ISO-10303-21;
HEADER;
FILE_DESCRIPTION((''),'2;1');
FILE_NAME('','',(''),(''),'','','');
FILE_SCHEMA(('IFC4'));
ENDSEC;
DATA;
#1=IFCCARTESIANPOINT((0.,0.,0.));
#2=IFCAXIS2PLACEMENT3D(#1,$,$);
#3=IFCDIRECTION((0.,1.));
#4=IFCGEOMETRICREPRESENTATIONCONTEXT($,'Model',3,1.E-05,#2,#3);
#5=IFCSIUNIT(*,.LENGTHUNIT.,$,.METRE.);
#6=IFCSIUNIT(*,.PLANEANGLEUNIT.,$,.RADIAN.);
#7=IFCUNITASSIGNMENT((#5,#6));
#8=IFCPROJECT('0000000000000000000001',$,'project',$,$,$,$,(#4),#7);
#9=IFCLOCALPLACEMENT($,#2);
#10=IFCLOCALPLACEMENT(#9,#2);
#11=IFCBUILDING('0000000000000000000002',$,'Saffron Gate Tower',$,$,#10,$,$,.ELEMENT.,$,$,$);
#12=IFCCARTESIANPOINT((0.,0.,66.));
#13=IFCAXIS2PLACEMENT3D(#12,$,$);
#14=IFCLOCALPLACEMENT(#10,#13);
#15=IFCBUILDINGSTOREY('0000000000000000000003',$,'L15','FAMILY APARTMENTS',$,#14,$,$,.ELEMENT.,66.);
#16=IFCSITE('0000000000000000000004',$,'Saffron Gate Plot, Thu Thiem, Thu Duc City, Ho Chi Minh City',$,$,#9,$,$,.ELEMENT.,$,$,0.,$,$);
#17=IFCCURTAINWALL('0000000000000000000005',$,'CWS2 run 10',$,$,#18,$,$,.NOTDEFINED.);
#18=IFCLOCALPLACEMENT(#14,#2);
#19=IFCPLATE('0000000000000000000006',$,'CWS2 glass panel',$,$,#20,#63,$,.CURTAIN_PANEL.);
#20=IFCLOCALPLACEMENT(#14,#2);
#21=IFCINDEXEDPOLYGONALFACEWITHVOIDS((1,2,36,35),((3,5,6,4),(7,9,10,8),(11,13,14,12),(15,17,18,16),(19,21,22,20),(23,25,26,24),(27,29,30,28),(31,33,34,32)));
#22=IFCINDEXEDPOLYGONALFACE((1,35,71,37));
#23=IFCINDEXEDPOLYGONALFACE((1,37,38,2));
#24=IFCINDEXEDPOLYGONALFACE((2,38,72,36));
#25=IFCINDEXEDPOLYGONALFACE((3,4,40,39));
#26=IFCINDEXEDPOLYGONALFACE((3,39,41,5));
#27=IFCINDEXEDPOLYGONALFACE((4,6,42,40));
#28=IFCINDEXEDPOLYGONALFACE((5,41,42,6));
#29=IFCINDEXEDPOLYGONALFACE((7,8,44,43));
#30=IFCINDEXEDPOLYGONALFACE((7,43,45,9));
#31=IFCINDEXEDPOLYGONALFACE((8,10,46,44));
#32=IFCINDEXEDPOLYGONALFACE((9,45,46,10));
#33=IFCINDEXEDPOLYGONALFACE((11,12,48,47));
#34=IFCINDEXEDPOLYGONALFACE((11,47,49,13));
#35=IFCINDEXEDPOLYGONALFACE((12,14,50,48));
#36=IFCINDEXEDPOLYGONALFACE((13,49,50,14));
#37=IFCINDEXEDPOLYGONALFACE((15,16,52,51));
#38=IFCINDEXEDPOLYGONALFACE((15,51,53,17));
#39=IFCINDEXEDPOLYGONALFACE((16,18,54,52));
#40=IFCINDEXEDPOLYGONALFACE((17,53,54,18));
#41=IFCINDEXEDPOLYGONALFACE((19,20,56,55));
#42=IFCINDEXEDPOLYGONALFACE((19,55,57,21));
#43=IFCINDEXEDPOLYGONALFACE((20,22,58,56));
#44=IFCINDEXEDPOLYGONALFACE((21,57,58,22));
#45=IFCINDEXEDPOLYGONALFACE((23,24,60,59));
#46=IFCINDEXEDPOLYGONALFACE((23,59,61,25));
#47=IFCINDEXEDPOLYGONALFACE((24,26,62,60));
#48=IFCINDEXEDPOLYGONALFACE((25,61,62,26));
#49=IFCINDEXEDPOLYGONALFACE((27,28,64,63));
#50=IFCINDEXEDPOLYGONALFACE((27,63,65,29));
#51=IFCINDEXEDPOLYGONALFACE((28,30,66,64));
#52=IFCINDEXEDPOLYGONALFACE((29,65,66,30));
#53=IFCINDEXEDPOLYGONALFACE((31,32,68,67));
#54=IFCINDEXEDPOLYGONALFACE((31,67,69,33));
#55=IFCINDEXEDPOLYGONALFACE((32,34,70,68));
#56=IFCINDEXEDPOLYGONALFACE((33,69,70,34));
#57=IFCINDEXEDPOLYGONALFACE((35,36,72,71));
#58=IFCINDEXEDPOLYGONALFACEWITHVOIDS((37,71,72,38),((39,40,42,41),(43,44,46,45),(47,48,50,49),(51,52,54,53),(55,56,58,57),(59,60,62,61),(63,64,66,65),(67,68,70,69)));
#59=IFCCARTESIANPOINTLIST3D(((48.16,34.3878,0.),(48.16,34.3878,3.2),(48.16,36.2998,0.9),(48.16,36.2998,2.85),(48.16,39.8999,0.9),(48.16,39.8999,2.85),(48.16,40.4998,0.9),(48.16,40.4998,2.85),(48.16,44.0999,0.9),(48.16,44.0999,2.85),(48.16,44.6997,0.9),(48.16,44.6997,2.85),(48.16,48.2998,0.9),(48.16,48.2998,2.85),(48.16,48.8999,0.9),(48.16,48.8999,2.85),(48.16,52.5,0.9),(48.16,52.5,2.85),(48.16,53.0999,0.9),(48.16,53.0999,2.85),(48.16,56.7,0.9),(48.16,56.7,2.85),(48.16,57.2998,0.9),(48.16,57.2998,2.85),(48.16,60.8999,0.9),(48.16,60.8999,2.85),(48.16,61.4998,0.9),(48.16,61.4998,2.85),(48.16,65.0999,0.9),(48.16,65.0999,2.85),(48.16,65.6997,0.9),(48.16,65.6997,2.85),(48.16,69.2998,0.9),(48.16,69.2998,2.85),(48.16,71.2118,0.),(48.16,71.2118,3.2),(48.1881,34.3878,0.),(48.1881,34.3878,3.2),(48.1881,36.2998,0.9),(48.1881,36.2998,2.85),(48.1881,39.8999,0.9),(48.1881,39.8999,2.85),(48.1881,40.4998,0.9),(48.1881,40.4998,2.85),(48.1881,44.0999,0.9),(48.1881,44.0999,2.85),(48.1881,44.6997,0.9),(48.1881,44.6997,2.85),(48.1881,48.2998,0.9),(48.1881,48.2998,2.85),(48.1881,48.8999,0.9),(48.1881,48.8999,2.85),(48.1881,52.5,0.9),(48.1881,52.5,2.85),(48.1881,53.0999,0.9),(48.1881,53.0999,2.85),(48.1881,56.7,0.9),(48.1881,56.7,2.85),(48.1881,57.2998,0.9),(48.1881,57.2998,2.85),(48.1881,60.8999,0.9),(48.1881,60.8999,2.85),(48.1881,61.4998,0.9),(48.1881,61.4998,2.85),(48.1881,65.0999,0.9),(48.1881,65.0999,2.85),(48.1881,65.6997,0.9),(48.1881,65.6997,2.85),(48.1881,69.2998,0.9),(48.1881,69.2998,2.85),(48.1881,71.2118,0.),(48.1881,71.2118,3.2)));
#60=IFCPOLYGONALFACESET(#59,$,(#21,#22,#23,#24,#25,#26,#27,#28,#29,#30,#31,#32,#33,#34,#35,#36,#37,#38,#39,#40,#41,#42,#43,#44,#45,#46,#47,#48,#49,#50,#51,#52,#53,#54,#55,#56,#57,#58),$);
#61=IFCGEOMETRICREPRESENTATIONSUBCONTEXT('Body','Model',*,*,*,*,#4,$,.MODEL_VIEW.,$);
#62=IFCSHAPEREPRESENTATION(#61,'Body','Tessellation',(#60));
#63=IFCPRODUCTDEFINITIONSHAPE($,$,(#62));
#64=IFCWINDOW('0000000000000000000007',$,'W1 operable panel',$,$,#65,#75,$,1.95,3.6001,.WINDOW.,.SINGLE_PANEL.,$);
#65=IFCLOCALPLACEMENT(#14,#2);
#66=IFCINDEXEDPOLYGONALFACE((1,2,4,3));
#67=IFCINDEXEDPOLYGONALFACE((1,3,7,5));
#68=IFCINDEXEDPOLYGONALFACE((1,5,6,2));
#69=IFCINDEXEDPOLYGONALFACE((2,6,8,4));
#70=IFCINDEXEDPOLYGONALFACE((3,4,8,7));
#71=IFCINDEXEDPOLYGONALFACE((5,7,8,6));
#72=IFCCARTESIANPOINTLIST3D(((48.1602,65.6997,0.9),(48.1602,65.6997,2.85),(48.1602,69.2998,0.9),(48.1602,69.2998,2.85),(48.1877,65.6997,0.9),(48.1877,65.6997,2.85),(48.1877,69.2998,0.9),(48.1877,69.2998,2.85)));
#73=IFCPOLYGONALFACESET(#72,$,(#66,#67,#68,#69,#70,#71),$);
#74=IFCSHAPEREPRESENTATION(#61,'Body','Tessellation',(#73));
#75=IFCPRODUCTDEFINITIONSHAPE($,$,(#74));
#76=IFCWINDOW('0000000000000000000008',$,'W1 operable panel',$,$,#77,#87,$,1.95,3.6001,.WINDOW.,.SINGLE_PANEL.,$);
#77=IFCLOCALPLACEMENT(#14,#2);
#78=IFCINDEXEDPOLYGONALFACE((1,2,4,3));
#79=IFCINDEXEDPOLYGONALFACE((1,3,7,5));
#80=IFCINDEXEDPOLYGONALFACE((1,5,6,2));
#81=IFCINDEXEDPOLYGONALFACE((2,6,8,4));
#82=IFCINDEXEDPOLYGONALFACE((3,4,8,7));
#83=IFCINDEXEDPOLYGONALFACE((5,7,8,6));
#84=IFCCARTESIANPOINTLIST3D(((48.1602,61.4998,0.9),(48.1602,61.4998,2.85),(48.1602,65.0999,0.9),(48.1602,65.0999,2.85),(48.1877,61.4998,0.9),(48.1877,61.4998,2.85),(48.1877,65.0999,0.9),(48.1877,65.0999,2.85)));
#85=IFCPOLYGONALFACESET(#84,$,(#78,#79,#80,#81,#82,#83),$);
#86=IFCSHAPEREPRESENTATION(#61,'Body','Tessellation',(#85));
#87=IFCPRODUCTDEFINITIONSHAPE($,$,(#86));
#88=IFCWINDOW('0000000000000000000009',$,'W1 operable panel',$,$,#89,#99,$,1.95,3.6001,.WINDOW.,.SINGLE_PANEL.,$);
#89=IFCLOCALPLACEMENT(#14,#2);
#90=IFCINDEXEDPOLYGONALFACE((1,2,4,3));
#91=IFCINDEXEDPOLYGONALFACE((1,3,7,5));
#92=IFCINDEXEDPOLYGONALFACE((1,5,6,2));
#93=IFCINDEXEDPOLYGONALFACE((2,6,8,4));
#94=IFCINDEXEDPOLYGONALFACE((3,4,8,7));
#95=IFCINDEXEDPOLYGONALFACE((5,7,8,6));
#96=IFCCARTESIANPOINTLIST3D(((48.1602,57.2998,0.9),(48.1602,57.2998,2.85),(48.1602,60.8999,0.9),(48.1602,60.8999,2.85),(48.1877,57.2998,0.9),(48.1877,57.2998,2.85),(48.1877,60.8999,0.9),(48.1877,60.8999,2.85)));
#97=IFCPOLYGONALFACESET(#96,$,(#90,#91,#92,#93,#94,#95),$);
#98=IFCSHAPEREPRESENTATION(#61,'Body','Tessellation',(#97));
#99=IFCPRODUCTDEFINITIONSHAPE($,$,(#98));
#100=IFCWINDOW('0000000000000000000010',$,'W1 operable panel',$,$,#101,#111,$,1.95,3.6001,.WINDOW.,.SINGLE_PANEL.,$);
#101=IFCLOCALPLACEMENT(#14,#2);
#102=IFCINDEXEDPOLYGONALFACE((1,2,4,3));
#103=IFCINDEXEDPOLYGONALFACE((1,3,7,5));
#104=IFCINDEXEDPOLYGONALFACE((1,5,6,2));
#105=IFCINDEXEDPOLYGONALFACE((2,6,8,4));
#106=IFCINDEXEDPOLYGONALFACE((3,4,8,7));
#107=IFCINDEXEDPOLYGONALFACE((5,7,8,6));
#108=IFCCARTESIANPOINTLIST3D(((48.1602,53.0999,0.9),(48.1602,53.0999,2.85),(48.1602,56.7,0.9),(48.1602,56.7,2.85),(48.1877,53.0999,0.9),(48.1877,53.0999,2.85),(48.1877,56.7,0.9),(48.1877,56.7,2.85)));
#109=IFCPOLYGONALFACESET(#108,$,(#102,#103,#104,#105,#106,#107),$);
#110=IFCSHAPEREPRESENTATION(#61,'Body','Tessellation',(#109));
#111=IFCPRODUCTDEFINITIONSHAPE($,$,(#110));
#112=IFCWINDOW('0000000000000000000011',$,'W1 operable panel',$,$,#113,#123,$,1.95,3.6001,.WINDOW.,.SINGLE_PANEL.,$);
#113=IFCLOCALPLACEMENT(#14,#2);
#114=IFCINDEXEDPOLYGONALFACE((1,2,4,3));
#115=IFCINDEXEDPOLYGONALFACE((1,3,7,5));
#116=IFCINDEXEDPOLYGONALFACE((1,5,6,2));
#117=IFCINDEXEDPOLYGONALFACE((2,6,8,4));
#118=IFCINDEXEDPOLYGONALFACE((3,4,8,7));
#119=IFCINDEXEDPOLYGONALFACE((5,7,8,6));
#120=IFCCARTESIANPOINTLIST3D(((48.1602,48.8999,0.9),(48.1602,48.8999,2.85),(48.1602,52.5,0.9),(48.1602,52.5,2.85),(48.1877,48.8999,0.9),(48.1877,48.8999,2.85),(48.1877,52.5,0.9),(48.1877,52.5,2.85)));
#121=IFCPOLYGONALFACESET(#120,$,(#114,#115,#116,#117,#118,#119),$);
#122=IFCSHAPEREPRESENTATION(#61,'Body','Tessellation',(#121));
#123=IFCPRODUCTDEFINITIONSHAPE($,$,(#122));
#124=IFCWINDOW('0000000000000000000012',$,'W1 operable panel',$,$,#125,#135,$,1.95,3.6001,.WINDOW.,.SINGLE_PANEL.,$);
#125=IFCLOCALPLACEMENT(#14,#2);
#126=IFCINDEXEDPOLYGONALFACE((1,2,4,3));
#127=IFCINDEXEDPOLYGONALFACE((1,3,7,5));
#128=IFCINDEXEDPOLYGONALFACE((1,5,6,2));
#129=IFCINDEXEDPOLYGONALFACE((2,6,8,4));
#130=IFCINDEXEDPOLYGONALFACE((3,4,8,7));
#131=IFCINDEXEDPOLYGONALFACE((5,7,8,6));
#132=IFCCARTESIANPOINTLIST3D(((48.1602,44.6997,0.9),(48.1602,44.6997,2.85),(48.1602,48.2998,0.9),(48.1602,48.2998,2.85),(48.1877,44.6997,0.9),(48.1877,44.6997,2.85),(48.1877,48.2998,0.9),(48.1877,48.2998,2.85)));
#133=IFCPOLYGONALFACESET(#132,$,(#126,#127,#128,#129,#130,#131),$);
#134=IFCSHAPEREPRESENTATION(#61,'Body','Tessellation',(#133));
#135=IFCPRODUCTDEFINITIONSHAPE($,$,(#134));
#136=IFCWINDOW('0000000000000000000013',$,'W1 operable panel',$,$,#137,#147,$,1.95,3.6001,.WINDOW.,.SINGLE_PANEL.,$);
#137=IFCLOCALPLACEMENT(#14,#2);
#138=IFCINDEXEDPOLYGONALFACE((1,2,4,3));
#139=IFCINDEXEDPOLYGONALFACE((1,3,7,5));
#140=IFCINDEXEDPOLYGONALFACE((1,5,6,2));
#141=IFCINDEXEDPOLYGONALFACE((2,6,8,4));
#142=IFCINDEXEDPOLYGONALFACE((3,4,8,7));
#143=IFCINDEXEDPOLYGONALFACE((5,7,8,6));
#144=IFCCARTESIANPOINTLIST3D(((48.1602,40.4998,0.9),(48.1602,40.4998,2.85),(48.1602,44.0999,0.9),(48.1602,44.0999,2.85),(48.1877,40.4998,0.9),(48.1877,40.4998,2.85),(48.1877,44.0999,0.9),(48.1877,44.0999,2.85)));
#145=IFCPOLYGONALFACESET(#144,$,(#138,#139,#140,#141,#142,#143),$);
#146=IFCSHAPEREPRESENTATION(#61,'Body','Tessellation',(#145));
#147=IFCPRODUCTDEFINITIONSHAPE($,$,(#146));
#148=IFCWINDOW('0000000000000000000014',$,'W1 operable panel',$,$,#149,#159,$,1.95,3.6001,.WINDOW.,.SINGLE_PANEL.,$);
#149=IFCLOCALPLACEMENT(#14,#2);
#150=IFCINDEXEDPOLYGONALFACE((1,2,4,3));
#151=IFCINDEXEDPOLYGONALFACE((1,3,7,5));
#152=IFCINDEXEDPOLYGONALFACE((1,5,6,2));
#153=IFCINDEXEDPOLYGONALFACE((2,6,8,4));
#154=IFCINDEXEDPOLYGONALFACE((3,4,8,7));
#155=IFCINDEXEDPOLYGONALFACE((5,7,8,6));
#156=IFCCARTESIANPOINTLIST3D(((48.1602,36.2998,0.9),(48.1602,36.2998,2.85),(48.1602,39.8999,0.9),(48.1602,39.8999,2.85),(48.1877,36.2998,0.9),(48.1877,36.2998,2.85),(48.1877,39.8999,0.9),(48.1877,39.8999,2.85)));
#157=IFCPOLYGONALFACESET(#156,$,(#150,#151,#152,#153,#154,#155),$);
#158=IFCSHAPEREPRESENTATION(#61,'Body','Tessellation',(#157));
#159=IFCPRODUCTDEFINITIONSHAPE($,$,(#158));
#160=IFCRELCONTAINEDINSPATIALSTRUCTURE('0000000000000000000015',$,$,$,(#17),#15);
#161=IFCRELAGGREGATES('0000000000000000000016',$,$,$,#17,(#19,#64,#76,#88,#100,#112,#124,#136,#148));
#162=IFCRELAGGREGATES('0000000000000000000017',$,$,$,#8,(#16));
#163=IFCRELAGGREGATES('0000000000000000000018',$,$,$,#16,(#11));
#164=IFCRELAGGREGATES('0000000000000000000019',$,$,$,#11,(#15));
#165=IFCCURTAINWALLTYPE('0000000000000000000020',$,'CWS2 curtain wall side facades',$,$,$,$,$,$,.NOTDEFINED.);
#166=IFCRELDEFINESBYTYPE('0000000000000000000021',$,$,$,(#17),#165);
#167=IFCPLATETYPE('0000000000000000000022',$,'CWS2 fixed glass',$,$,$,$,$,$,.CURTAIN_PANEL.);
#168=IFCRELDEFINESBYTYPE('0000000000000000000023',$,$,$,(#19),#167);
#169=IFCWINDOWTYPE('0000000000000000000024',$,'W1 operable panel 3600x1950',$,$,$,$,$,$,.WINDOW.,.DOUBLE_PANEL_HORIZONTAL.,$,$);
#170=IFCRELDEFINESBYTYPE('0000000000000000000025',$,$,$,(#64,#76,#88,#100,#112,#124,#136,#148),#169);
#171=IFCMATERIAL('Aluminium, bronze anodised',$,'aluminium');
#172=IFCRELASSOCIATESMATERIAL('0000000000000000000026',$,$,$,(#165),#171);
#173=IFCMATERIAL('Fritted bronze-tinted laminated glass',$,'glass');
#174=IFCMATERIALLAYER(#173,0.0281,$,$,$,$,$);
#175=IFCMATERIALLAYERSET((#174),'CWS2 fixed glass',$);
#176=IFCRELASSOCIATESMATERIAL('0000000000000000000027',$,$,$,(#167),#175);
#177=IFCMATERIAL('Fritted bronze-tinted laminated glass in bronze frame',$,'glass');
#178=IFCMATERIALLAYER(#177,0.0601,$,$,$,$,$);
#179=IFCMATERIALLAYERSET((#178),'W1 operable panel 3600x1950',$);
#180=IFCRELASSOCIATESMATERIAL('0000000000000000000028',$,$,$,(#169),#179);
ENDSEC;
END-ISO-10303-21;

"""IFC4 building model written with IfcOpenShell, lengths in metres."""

from ifc_helpers import new_model, si_unit, direction, frame, frame_2d, origin, place, context, subcontext, project, spatial, rectangle, extrude, material, layer, layer_set, type_object, element, fill, aggregate, save


model = new_model("IFC4")

# Units and contexts
model_context = context("Model", 3, precision=1e-05, world=origin(), true_north=direction((0.0, 1.0)))
body_context = subcontext(model_context, "Body", "Model", "MODEL_VIEW")
ifc_project = project(units=[si_unit("LENGTHUNIT", "METRE"), si_unit("PLANEANGLEUNIT", "RADIAN")], contexts=[model_context])

# Site, building, storey
site_placement = place(None, origin())
site = spatial("IfcSite", under=ifc_project, at=site_placement, Name="Saffron Gate Plot, Thu Thiem, Thu Duc City, Ho Chi Minh City", CompositionType="ELEMENT", RefElevation=0.0)
building_placement = place(site_placement, origin())
building = spatial("IfcBuilding", under=site, at=building_placement, Name="Saffron Gate Tower", CompositionType="ELEMENT")
storey_placement = place(building_placement, frame((0.0, 0.0, 66.0)))
storey = spatial("IfcBuildingStorey", under=building, at=storey_placement, Name="L15", Description="FAMILY APARTMENTS", CompositionType="ELEMENT", Elevation=66.0)

# Curtain wall
ifc_material_1 = material(Name="Aluminium, bronze anodised", Category="aluminium")
curtain_wall_type_1 = type_object("IfcCurtainWallType", Name="CWS2 curtain wall side facades", PredefinedType="NOTDEFINED", material=ifc_material_1)
curtain_wall_1_placement = place(storey_placement, origin())
curtain_wall_1 = element("IfcCurtainWall", 1, at=curtain_wall_1_placement, inside=storey, type_object=curtain_wall_type_1, Name="CWS2 run 10", PredefinedType="NOTDEFINED")

# Plate, openings, windows
ifc_material_2 = material(Name="Fritted bronze-tinted laminated glass", Category="glass")
ifc_layer_1 = layer(ifc_material_2, 0.0281)
ifc_layer_set_1 = layer_set([ifc_layer_1], Name="CWS2 fixed glass")
plate_type_1 = type_object("IfcPlateType", Name="CWS2 fixed glass", PredefinedType="CURTAIN_PANEL", material=ifc_layer_set_1)
plate_1_placement = place(storey_placement, frame((48.1741, 71.2119, 0.0), z_axis=(0.0, 0.0, 1.0), x_axis=(0.0, -1.0, 0.0)))
plate_1 = element("IfcPlate", 2, at=plate_1_placement, type_object=plate_type_1, Name="CWS2 glass panel", PredefinedType="CURTAIN_PANEL", context=body_context, shape_type="SweptSolid", body=[
    extrude(rectangle(XDim=36.824, YDim=0.0281, at=frame_2d((18.4121, 0.0))), origin(), (0.0, 0.0, 1.0), 3.2),
])
opening_1_placement = place(plate_1_placement, frame((1.9121, 0.0, 0.8999)))
opening_1 = element("IfcOpeningElement", 3, at=opening_1_placement, cuts=plate_1, PredefinedType="OPENING", context=body_context, shape_type="SweptSolid", body=[
    extrude(rectangle(XDim=3.6001, YDim=1.95, at=frame_2d((1.8, 0.9751))), frame((0.0, 0.0239, 0.0), z_axis=(0.0, -1.0, 0.0), x_axis=(1.0, 0.0, 0.0)), (0.0, 0.0, 1.0), 0.0481),
])
opening_2_placement = place(plate_1_placement, frame((6.1121, 0.0, 0.8999)))
opening_2 = element("IfcOpeningElement", 4, at=opening_2_placement, cuts=plate_1, PredefinedType="OPENING", context=body_context, shape_type="SweptSolid", body=[
    extrude(rectangle(XDim=3.6001, YDim=1.95, at=frame_2d((1.8, 0.9751))), frame((0.0, 0.0239, 0.0), z_axis=(0.0, -1.0, 0.0), x_axis=(1.0, 0.0, 0.0)), (0.0, 0.0, 1.0), 0.0481),
])
opening_3_placement = place(plate_1_placement, frame((10.312, 0.0, 0.8999)))
opening_3 = element("IfcOpeningElement", 5, at=opening_3_placement, cuts=plate_1, PredefinedType="OPENING", context=body_context, shape_type="SweptSolid", body=[
    extrude(rectangle(XDim=3.6001, YDim=1.95, at=frame_2d((1.8, 0.9751))), frame((0.0, 0.0239, 0.0), z_axis=(0.0, -1.0, 0.0), x_axis=(1.0, 0.0, 0.0)), (0.0, 0.0, 1.0), 0.0481),
])
opening_4_placement = place(plate_1_placement, frame((14.512, 0.0, 0.8999)))
opening_4 = element("IfcOpeningElement", 6, at=opening_4_placement, cuts=plate_1, PredefinedType="OPENING", context=body_context, shape_type="SweptSolid", body=[
    extrude(rectangle(XDim=3.6001, YDim=1.95, at=frame_2d((1.8, 0.9751))), frame((0.0, 0.0239, 0.0), z_axis=(0.0, -1.0, 0.0), x_axis=(1.0, 0.0, 0.0)), (0.0, 0.0, 1.0), 0.0481),
])
opening_5_placement = place(plate_1_placement, frame((18.7119, 0.0, 0.8999)))
opening_5 = element("IfcOpeningElement", 7, at=opening_5_placement, cuts=plate_1, PredefinedType="OPENING", context=body_context, shape_type="SweptSolid", body=[
    extrude(rectangle(XDim=3.6001, YDim=1.95, at=frame_2d((1.8, 0.9751))), frame((0.0, 0.0239, 0.0), z_axis=(0.0, -1.0, 0.0), x_axis=(1.0, 0.0, 0.0)), (0.0, 0.0, 1.0), 0.0481),
])
opening_6_placement = place(plate_1_placement, frame((22.9121, 0.0, 0.8999)))
opening_6 = element("IfcOpeningElement", 8, at=opening_6_placement, cuts=plate_1, PredefinedType="OPENING", context=body_context, shape_type="SweptSolid", body=[
    extrude(rectangle(XDim=3.6001, YDim=1.95, at=frame_2d((1.8, 0.9751))), frame((0.0, 0.0239, 0.0), z_axis=(0.0, -1.0, 0.0), x_axis=(1.0, 0.0, 0.0)), (0.0, 0.0, 1.0), 0.0481),
])
opening_7_placement = place(plate_1_placement, frame((27.1121, 0.0, 0.8999)))
opening_7 = element("IfcOpeningElement", 9, at=opening_7_placement, cuts=plate_1, PredefinedType="OPENING", context=body_context, shape_type="SweptSolid", body=[
    extrude(rectangle(XDim=3.6001, YDim=1.95, at=frame_2d((1.8, 0.9751))), frame((0.0, 0.0239, 0.0), z_axis=(0.0, -1.0, 0.0), x_axis=(1.0, 0.0, 0.0)), (0.0, 0.0, 1.0), 0.0481),
])
opening_8_placement = place(plate_1_placement, frame((31.312, 0.0, 0.8999)))
opening_8 = element("IfcOpeningElement", 10, at=opening_8_placement, cuts=plate_1, PredefinedType="OPENING", context=body_context, shape_type="SweptSolid", body=[
    extrude(rectangle(XDim=3.6001, YDim=1.95, at=frame_2d((1.8, 0.9751))), frame((0.0, 0.0239, 0.0), z_axis=(0.0, -1.0, 0.0), x_axis=(1.0, 0.0, 0.0)), (0.0, 0.0, 1.0), 0.0481),
])
ifc_material_3 = material(Name="Fritted bronze-tinted laminated glass in bronze frame", Category="glass")
ifc_layer_2 = layer(ifc_material_3, 0.0601)
ifc_layer_set_2 = layer_set([ifc_layer_2], Name="W1 operable panel 3600x1950")
window_type = type_object("IfcWindowType", Name="W1 operable panel 3600x1950", PartitioningType="DOUBLE_PANEL_HORIZONTAL", PredefinedType="WINDOW", material=ifc_layer_set_2)
window_1_placement = place(opening_1_placement, origin())
window_1 = element("IfcWindow", 11, at=window_1_placement, type_object=window_type, Name="W1 operable panel", OverallHeight=1.95, OverallWidth=3.6001, PartitioningType="SINGLE_PANEL", PredefinedType="WINDOW", context=body_context, shape_type="SweptSolid", body=[
    extrude(rectangle(XDim=3.6001, YDim=1.95, at=frame_2d((1.8, 0.9751))), frame((0.0, 0.0137, 0.0), z_axis=(0.0, -1.0, 0.0), x_axis=(1.0, 0.0, 0.0)), (0.0, 0.0, 1.0), 0.0276),
])
fill(opening_1, window_1)
window_2_placement = place(opening_2_placement, origin())
window_2 = element("IfcWindow", 12, at=window_2_placement, type_object=window_type, Name="W1 operable panel", OverallHeight=1.95, OverallWidth=3.6001, PartitioningType="SINGLE_PANEL", PredefinedType="WINDOW", context=body_context, shape_type="SweptSolid", body=[
    extrude(rectangle(XDim=3.6001, YDim=1.95, at=frame_2d((1.8, 0.9751))), frame((0.0, 0.0137, 0.0), z_axis=(0.0, -1.0, 0.0), x_axis=(1.0, 0.0, 0.0)), (0.0, 0.0, 1.0), 0.0276),
])
fill(opening_2, window_2)
window_3_placement = place(opening_3_placement, origin())
window_3 = element("IfcWindow", 13, at=window_3_placement, type_object=window_type, Name="W1 operable panel", OverallHeight=1.95, OverallWidth=3.6001, PartitioningType="SINGLE_PANEL", PredefinedType="WINDOW", context=body_context, shape_type="SweptSolid", body=[
    extrude(rectangle(XDim=3.6001, YDim=1.95, at=frame_2d((1.8, 0.9751))), frame((0.0, 0.0137, 0.0), z_axis=(0.0, -1.0, 0.0), x_axis=(1.0, 0.0, 0.0)), (0.0, 0.0, 1.0), 0.0276),
])
fill(opening_3, window_3)
window_4_placement = place(opening_4_placement, origin())
window_4 = element("IfcWindow", 14, at=window_4_placement, type_object=window_type, Name="W1 operable panel", OverallHeight=1.95, OverallWidth=3.6001, PartitioningType="SINGLE_PANEL", PredefinedType="WINDOW", context=body_context, shape_type="SweptSolid", body=[
    extrude(rectangle(XDim=3.6001, YDim=1.95, at=frame_2d((1.8, 0.9751))), frame((0.0, 0.0137, 0.0), z_axis=(0.0, -1.0, 0.0), x_axis=(1.0, 0.0, 0.0)), (0.0, 0.0, 1.0), 0.0276),
])
fill(opening_4, window_4)
window_5_placement = place(opening_5_placement, origin())
window_5 = element("IfcWindow", 15, at=window_5_placement, type_object=window_type, Name="W1 operable panel", OverallHeight=1.95, OverallWidth=3.6001, PartitioningType="SINGLE_PANEL", PredefinedType="WINDOW", context=body_context, shape_type="SweptSolid", body=[
    extrude(rectangle(XDim=3.6001, YDim=1.95, at=frame_2d((1.8, 0.9751))), frame((0.0, 0.0137, 0.0), z_axis=(0.0, -1.0, 0.0), x_axis=(1.0, 0.0, 0.0)), (0.0, 0.0, 1.0), 0.0276),
])
fill(opening_5, window_5)
window_6_placement = place(opening_6_placement, origin())
window_6 = element("IfcWindow", 16, at=window_6_placement, type_object=window_type, Name="W1 operable panel", OverallHeight=1.95, OverallWidth=3.6001, PartitioningType="SINGLE_PANEL", PredefinedType="WINDOW", context=body_context, shape_type="SweptSolid", body=[
    extrude(rectangle(XDim=3.6001, YDim=1.95, at=frame_2d((1.8, 0.9751))), frame((0.0, 0.0137, 0.0), z_axis=(0.0, -1.0, 0.0), x_axis=(1.0, 0.0, 0.0)), (0.0, 0.0, 1.0), 0.0276),
])
fill(opening_6, window_6)
window_7_placement = place(opening_7_placement, origin())
window_7 = element("IfcWindow", 17, at=window_7_placement, type_object=window_type, Name="W1 operable panel", OverallHeight=1.95, OverallWidth=3.6001, PartitioningType="SINGLE_PANEL", PredefinedType="WINDOW", context=body_context, shape_type="SweptSolid", body=[
    extrude(rectangle(XDim=3.6001, YDim=1.95, at=frame_2d((1.8, 0.9751))), frame((0.0, 0.0137, 0.0), z_axis=(0.0, -1.0, 0.0), x_axis=(1.0, 0.0, 0.0)), (0.0, 0.0, 1.0), 0.0276),
])
fill(opening_7, window_7)
window_8_placement = place(opening_8_placement, origin())
window_8 = element("IfcWindow", 18, at=window_8_placement, type_object=window_type, Name="W1 operable panel", OverallHeight=1.95, OverallWidth=3.6001, PartitioningType="SINGLE_PANEL", PredefinedType="WINDOW", context=body_context, shape_type="SweptSolid", body=[
    extrude(rectangle(XDim=3.6001, YDim=1.95, at=frame_2d((1.8, 0.9751))), frame((0.0, 0.0137, 0.0), z_axis=(0.0, -1.0, 0.0), x_axis=(1.0, 0.0, 0.0)), (0.0, 0.0, 1.0), 0.0276),
])
fill(opening_8, window_8)
aggregate(curtain_wall_1, [plate_1, window_1, window_2, window_3, window_4, window_5, window_6, window_7, window_8])

save(model, "model.ifc")
